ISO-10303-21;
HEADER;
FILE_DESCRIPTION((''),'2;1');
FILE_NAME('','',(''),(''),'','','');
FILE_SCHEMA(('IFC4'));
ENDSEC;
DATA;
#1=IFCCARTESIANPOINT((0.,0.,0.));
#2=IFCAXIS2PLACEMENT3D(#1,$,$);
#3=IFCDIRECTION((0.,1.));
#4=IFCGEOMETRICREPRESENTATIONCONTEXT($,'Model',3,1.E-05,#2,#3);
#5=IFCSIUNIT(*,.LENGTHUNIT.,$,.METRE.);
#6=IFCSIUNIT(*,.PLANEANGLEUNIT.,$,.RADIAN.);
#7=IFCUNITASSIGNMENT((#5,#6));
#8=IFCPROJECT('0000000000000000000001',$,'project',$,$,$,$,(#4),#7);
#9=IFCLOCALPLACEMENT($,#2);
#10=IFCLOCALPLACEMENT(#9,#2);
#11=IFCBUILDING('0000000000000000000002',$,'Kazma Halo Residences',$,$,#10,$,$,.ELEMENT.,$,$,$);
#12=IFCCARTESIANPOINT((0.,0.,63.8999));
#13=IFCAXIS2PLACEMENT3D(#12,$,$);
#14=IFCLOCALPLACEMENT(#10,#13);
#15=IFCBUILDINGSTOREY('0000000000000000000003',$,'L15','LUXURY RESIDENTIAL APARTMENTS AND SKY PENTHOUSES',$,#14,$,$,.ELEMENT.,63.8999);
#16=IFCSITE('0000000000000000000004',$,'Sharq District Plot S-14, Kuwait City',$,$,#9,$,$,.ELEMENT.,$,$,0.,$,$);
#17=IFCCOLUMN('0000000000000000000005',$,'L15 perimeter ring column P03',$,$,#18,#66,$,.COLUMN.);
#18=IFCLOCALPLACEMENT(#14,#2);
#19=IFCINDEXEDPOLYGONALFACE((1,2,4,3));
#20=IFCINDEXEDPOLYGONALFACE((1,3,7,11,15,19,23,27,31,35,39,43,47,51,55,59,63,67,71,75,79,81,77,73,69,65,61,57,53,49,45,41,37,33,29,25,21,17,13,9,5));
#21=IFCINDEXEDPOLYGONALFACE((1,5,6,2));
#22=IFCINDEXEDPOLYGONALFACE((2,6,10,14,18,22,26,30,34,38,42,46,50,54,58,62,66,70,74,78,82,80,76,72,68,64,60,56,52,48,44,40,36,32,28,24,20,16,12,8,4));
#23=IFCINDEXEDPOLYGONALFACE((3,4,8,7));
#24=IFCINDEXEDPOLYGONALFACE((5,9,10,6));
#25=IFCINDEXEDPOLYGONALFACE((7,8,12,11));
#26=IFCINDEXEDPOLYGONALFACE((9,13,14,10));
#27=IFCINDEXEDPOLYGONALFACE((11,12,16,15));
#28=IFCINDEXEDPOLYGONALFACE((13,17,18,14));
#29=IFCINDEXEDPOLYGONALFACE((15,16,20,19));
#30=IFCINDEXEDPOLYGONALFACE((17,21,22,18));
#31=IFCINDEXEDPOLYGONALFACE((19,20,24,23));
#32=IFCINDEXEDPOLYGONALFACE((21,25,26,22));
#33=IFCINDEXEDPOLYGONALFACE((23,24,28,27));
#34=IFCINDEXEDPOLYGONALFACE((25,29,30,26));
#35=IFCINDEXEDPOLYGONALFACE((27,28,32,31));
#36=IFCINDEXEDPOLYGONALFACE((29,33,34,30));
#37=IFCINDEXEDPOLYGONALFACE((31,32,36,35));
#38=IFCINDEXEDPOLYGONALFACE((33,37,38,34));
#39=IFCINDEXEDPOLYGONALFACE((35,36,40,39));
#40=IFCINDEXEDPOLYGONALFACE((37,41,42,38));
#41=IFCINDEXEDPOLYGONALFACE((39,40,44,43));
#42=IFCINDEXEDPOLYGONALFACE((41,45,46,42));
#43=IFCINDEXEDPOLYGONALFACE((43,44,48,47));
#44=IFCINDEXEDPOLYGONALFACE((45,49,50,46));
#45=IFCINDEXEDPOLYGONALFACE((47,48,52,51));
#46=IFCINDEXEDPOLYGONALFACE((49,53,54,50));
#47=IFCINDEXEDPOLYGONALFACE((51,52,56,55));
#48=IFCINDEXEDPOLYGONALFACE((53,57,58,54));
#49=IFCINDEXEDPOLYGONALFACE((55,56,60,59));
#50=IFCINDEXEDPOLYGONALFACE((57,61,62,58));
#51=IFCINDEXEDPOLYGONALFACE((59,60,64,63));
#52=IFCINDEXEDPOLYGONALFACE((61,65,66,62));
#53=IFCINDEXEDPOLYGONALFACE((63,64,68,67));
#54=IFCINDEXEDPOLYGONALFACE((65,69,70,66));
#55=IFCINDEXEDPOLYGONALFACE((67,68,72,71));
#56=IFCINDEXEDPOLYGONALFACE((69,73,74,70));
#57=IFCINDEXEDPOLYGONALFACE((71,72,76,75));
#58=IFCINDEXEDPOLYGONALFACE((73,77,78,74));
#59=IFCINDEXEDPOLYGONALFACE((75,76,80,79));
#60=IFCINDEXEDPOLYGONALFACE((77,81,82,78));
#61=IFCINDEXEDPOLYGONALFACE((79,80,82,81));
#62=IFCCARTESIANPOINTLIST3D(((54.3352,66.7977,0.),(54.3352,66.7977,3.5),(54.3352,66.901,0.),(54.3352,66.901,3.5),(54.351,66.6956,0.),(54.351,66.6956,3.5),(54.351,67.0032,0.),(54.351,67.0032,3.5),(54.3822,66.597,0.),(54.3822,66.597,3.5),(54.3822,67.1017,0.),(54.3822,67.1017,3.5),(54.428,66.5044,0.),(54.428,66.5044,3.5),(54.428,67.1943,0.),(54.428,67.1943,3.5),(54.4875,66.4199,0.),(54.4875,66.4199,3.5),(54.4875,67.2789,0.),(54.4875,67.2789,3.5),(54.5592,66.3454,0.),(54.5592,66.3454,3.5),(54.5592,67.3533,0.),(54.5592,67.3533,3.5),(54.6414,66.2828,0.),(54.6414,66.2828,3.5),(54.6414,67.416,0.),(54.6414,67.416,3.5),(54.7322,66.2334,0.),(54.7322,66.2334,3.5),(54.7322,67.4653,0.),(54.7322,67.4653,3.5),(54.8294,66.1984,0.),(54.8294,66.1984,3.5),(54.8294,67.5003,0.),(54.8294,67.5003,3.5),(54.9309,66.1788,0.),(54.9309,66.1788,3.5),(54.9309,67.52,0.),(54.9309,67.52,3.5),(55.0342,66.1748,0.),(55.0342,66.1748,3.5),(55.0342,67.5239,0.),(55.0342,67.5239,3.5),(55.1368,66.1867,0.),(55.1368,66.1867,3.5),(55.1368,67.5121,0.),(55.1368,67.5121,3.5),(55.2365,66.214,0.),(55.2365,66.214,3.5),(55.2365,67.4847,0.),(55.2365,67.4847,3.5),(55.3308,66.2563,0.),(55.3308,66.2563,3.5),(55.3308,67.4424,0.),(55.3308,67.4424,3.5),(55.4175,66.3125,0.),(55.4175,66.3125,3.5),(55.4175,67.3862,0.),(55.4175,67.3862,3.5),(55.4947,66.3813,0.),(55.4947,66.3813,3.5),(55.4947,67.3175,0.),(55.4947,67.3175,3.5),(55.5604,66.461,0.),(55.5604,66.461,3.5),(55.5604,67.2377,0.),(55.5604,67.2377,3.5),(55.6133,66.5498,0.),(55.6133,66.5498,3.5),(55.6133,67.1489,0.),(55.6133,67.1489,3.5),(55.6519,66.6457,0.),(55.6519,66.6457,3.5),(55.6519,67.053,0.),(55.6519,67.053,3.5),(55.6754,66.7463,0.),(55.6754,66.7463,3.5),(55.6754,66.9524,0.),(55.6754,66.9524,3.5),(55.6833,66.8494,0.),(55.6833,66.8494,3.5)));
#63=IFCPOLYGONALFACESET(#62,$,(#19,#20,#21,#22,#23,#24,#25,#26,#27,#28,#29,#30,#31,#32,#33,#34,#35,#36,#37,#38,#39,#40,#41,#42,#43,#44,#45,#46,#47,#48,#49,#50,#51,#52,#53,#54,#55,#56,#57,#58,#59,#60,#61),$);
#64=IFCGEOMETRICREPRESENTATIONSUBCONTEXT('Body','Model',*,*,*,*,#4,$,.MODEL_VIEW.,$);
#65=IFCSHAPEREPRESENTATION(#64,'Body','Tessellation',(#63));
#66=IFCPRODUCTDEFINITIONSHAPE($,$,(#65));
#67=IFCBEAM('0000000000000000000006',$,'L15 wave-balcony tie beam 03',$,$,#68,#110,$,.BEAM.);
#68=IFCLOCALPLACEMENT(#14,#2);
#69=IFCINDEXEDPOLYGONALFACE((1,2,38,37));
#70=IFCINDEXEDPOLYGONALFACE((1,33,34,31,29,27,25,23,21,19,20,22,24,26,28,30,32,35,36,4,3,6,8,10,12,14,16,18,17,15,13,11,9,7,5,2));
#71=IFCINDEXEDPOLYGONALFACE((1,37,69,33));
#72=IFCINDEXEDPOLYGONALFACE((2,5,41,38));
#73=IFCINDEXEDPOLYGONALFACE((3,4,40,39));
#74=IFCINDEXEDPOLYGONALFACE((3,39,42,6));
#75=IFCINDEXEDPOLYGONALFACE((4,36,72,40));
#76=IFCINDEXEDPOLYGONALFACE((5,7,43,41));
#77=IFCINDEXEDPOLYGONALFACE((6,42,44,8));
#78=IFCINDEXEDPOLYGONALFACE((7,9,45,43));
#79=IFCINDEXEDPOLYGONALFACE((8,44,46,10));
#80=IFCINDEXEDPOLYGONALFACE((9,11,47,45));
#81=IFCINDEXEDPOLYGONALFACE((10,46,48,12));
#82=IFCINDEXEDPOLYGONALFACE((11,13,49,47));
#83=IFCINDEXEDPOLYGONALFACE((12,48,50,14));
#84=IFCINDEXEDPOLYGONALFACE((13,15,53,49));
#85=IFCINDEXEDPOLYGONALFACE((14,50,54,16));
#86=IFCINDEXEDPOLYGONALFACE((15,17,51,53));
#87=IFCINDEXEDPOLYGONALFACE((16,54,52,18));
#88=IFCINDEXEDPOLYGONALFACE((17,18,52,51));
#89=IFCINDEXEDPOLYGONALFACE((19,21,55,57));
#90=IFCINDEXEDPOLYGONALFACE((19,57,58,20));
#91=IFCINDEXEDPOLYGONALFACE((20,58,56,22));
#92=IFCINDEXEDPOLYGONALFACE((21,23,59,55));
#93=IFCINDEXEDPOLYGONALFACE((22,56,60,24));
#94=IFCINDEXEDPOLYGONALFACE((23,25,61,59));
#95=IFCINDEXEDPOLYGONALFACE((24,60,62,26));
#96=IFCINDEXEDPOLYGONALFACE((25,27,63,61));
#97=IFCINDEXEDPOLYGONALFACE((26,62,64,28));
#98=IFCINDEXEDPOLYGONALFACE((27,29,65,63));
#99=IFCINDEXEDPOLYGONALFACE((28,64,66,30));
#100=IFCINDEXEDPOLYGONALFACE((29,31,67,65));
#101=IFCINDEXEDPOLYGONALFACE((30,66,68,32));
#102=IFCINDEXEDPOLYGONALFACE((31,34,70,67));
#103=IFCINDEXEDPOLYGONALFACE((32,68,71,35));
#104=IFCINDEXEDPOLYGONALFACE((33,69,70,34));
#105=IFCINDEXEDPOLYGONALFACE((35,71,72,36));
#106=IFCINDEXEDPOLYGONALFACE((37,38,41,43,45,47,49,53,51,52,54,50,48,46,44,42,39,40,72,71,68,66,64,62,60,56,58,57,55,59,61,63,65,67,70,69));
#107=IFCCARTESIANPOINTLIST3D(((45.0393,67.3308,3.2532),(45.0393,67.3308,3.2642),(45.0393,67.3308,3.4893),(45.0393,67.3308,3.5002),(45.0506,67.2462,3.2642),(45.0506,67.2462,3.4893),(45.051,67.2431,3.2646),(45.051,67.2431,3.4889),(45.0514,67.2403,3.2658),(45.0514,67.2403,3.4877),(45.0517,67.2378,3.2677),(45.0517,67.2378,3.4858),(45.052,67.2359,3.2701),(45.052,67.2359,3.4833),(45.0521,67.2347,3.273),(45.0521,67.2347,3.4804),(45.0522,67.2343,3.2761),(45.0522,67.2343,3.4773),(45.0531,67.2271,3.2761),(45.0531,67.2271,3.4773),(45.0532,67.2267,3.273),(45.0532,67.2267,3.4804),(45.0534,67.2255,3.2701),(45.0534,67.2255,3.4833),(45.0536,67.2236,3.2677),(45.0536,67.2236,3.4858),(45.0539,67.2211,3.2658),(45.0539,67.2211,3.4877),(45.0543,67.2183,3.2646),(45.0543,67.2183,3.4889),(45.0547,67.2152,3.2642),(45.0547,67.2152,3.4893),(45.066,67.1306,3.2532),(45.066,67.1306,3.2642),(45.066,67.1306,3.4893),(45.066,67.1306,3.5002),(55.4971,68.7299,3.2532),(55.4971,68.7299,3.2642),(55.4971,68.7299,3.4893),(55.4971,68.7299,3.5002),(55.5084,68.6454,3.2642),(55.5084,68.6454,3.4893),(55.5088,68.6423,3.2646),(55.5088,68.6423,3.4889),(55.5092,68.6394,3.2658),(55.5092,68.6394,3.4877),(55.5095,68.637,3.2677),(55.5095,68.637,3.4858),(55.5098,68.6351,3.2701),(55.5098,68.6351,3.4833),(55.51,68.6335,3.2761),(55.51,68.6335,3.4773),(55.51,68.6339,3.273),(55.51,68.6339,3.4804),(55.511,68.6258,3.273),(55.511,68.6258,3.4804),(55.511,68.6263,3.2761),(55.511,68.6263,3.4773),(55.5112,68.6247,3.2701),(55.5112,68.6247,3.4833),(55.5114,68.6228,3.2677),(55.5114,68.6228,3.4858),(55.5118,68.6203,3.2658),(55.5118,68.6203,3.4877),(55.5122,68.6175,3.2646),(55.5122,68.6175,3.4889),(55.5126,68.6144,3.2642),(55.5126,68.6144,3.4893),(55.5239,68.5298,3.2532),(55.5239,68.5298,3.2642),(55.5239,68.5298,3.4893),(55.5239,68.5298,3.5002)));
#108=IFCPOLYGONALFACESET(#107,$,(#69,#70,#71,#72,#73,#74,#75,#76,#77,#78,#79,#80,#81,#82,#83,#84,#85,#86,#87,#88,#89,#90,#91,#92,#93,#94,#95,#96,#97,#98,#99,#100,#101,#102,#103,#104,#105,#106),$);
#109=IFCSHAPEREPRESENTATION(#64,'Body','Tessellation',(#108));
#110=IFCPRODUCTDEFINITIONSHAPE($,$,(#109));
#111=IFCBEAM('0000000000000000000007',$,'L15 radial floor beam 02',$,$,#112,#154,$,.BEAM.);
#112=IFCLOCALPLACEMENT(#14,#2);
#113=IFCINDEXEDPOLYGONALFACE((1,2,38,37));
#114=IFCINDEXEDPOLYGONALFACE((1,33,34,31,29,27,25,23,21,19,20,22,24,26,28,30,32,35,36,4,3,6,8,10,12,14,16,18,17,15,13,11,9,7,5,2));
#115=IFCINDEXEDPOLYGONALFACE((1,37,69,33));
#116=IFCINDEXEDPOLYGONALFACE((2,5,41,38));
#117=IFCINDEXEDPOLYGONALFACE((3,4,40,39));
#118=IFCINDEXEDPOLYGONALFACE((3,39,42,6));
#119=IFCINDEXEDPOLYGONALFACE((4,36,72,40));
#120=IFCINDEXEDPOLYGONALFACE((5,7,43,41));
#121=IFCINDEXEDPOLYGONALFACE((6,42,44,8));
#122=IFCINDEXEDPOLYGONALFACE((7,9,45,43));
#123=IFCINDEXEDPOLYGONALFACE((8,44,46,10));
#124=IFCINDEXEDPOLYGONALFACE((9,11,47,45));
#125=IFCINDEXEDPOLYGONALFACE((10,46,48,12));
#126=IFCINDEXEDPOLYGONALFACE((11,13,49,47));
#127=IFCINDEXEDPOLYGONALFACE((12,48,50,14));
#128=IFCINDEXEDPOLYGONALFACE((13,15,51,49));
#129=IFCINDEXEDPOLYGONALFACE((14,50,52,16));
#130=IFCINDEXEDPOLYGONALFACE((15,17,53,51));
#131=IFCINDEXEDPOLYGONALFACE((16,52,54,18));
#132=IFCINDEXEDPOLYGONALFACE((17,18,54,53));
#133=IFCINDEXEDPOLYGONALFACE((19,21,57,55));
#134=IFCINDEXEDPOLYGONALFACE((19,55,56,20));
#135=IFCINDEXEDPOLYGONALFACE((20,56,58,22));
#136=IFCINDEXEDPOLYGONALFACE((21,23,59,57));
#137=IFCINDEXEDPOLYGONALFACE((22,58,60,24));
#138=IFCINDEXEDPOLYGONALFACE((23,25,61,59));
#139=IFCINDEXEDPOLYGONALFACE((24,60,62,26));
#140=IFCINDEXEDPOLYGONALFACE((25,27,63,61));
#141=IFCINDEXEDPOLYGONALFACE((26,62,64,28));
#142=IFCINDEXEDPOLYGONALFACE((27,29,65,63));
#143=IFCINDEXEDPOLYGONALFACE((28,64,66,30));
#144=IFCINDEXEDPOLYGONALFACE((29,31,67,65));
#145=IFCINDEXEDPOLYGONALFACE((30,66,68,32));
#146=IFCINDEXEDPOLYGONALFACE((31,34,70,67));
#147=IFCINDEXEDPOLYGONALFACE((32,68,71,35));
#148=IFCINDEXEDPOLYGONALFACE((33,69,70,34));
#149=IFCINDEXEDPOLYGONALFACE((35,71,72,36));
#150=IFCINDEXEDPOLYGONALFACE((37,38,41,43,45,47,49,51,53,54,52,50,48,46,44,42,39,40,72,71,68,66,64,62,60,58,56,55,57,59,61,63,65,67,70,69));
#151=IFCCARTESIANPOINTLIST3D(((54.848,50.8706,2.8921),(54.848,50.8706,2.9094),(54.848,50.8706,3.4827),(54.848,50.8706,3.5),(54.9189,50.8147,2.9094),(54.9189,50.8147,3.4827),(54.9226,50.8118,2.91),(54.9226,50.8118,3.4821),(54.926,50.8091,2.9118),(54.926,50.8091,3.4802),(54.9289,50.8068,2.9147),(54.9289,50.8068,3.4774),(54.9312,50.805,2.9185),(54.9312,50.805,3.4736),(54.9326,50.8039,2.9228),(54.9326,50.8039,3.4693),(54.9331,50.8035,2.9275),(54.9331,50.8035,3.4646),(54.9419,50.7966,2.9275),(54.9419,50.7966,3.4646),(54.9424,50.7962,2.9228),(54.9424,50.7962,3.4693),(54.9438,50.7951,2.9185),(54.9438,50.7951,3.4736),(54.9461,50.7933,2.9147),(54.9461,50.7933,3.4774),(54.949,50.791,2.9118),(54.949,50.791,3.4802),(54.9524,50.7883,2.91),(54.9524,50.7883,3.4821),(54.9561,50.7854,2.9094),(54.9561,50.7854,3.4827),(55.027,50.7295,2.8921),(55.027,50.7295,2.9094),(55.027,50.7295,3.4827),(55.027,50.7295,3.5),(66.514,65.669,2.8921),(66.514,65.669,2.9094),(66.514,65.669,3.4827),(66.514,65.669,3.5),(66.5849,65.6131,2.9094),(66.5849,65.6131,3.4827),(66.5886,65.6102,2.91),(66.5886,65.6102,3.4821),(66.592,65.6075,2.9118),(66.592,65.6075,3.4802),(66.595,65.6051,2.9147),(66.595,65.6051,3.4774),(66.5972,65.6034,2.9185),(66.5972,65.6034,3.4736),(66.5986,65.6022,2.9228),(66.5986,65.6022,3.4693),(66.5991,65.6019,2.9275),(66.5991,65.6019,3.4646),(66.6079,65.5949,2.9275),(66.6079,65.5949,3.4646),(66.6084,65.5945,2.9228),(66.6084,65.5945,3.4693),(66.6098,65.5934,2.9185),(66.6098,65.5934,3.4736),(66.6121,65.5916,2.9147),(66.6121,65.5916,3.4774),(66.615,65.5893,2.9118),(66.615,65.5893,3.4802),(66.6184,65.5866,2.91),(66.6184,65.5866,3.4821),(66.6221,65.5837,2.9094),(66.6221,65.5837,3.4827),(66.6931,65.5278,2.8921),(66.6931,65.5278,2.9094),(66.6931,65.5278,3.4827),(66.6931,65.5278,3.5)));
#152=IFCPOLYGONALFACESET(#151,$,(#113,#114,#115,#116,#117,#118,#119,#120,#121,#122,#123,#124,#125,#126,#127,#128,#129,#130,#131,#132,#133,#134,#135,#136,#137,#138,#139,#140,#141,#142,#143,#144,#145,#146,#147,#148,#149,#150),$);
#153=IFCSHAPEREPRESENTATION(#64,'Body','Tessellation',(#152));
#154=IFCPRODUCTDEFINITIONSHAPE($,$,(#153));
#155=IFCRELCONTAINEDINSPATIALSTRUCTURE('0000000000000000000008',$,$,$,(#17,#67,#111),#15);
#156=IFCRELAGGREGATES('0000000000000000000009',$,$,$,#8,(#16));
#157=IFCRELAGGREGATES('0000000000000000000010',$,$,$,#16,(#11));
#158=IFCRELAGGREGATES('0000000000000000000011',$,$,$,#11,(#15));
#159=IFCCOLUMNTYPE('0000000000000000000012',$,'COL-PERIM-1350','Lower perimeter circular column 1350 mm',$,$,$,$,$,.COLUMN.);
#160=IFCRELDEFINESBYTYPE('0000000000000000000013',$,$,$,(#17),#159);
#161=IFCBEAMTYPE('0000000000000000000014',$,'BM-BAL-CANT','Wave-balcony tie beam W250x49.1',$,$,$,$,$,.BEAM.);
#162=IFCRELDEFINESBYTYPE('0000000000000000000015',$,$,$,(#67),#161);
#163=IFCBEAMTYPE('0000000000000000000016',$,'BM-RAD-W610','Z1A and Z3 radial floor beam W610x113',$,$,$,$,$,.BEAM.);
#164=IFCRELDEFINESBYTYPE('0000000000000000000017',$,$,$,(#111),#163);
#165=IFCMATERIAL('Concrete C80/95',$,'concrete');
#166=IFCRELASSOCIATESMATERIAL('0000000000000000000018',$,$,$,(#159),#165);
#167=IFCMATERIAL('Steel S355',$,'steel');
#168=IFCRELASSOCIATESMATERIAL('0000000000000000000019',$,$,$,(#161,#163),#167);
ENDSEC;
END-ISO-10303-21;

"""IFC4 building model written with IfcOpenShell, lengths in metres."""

from ifc_helpers import new_model, si_unit, direction, frame, origin, origin_2d, place, context, subcontext, project, spatial, circle, i_section, extrude, material, material_profile, profile_set, type_object, element, save


model = new_model("IFC4")

# Units and contexts
model_context = context("Model", 3, precision=1e-05, world=origin(), true_north=direction((0.0, 1.0)))
body_context = subcontext(model_context, "Body", "Model", "MODEL_VIEW")
ifc_project = project(units=[si_unit("LENGTHUNIT", "METRE"), si_unit("PLANEANGLEUNIT", "RADIAN")], contexts=[model_context])

# Site, building, storey
site_placement = place(None, origin())
site = spatial("IfcSite", under=ifc_project, at=site_placement, Name="Sharq District Plot S-14, Kuwait City", CompositionType="ELEMENT", RefElevation=0.0)
building_placement = place(site_placement, origin())
building = spatial("IfcBuilding", under=site, at=building_placement, Name="Kazma Halo Residences", CompositionType="ELEMENT")
storey_placement = place(building_placement, frame((0.0, 0.0, 63.8999)))
storey = spatial("IfcBuildingStorey", under=building, at=storey_placement, Name="L15", Description="LUXURY RESIDENTIAL APARTMENTS AND SKY PENTHOUSES", CompositionType="ELEMENT", Elevation=63.8999)

# Column
ifc_material_1 = material(Name="Concrete C80/95", Category="concrete")
ifc_material_profile_1 = material_profile(ifc_material_1, circle(Radius=0.675, at=origin_2d()), Name="CIRC1350")
ifc_profile_set_1 = profile_set([ifc_material_profile_1], Name="Concrete C80/95")
column_type = type_object("IfcColumnType", Name="COL-PERIM-1350", Description="Lower perimeter circular column 1350 mm", PredefinedType="COLUMN", material=ifc_profile_set_1)
column_placement = place(storey_placement, frame((55.0083, 66.8494, 0.0), z_axis=(0.0, 0.0, 1.0), x_axis=(1.0, 0.0, 0.0)))
element("IfcColumn", 1, at=column_placement, inside=storey, type_object=column_type, Name="L15 perimeter ring column P03", PredefinedType="COLUMN", context=body_context, shape_type="SweptSolid", body=[
    extrude(circle(Radius=0.675, at=origin_2d()), origin(), (0.0, 0.0, 1.0), 3.5),
])

# Beams
ifc_material_2 = material(Name="Steel S355", Category="steel")
ifc_material_profile_2 = material_profile(ifc_material_2, i_section(OverallWidth=0.2019, OverallDepth=0.2471, WebThickness=0.0073, FlangeThickness=0.011, FilletRadius=0.012, at=origin_2d()), Name="W250x49.1")
ifc_profile_set_2 = profile_set([ifc_material_profile_2], Name="Steel S355")
beam_type_1 = type_object("IfcBeamType", Name="BM-BAL-CANT", Description="Wave-balcony tie beam W250x49.1", PredefinedType="BEAM", material=ifc_profile_set_2)
beam_1_placement = place(storey_placement, frame((55.5105, 68.6299, 3.3767), z_axis=(-0.991168, -0.132611, 0.0), x_axis=(0.132611, -0.991168, 0.0)))
element("IfcBeam", 2, at=beam_1_placement, inside=storey, type_object=beam_type_1, Name="L15 wave-balcony tie beam 03", PredefinedType="BEAM", context=body_context, shape_type="SweptSolid", body=[
    extrude(i_section(OverallWidth=0.2019, OverallDepth=0.2471, WebThickness=0.0073, FlangeThickness=0.011, FilletRadius=0.012, at=origin_2d()), origin(), (0.0, 0.0, 1.0), 10.551),
])
ifc_material_profile_3 = material_profile(ifc_material_2, i_section(OverallWidth=0.228, OverallDepth=0.6079, WebThickness=0.0112, FlangeThickness=0.0173, FilletRadius=0.0181, at=origin_2d()), Name="W610x113")
ifc_profile_set_3 = profile_set([ifc_material_profile_3], Name="Steel S355")
beam_type_2 = type_object("IfcBeamType", Name="BM-RAD-W610", Description="Z1A and Z3 radial floor beam W610x113", PredefinedType="BEAM", material=ifc_profile_set_3)
beam_2_placement = place(storey_placement, frame((54.9375, 50.8, 3.196), z_axis=(0.619092, 0.785318, 0.0), x_axis=(-0.785318, 0.619092, 0.0)))
element("IfcBeam", 3, at=beam_2_placement, inside=storey, type_object=beam_type_2, Name="L15 radial floor beam 02", PredefinedType="BEAM", context=body_context, shape_type="SweptSolid", body=[
    extrude(i_section(OverallWidth=0.228, OverallDepth=0.6079, WebThickness=0.0112, FlangeThickness=0.0173, FilletRadius=0.0181, at=origin_2d()), origin(), (0.0, 0.0, 1.0), 18.8438),
])

save(model, "model.ifc")
